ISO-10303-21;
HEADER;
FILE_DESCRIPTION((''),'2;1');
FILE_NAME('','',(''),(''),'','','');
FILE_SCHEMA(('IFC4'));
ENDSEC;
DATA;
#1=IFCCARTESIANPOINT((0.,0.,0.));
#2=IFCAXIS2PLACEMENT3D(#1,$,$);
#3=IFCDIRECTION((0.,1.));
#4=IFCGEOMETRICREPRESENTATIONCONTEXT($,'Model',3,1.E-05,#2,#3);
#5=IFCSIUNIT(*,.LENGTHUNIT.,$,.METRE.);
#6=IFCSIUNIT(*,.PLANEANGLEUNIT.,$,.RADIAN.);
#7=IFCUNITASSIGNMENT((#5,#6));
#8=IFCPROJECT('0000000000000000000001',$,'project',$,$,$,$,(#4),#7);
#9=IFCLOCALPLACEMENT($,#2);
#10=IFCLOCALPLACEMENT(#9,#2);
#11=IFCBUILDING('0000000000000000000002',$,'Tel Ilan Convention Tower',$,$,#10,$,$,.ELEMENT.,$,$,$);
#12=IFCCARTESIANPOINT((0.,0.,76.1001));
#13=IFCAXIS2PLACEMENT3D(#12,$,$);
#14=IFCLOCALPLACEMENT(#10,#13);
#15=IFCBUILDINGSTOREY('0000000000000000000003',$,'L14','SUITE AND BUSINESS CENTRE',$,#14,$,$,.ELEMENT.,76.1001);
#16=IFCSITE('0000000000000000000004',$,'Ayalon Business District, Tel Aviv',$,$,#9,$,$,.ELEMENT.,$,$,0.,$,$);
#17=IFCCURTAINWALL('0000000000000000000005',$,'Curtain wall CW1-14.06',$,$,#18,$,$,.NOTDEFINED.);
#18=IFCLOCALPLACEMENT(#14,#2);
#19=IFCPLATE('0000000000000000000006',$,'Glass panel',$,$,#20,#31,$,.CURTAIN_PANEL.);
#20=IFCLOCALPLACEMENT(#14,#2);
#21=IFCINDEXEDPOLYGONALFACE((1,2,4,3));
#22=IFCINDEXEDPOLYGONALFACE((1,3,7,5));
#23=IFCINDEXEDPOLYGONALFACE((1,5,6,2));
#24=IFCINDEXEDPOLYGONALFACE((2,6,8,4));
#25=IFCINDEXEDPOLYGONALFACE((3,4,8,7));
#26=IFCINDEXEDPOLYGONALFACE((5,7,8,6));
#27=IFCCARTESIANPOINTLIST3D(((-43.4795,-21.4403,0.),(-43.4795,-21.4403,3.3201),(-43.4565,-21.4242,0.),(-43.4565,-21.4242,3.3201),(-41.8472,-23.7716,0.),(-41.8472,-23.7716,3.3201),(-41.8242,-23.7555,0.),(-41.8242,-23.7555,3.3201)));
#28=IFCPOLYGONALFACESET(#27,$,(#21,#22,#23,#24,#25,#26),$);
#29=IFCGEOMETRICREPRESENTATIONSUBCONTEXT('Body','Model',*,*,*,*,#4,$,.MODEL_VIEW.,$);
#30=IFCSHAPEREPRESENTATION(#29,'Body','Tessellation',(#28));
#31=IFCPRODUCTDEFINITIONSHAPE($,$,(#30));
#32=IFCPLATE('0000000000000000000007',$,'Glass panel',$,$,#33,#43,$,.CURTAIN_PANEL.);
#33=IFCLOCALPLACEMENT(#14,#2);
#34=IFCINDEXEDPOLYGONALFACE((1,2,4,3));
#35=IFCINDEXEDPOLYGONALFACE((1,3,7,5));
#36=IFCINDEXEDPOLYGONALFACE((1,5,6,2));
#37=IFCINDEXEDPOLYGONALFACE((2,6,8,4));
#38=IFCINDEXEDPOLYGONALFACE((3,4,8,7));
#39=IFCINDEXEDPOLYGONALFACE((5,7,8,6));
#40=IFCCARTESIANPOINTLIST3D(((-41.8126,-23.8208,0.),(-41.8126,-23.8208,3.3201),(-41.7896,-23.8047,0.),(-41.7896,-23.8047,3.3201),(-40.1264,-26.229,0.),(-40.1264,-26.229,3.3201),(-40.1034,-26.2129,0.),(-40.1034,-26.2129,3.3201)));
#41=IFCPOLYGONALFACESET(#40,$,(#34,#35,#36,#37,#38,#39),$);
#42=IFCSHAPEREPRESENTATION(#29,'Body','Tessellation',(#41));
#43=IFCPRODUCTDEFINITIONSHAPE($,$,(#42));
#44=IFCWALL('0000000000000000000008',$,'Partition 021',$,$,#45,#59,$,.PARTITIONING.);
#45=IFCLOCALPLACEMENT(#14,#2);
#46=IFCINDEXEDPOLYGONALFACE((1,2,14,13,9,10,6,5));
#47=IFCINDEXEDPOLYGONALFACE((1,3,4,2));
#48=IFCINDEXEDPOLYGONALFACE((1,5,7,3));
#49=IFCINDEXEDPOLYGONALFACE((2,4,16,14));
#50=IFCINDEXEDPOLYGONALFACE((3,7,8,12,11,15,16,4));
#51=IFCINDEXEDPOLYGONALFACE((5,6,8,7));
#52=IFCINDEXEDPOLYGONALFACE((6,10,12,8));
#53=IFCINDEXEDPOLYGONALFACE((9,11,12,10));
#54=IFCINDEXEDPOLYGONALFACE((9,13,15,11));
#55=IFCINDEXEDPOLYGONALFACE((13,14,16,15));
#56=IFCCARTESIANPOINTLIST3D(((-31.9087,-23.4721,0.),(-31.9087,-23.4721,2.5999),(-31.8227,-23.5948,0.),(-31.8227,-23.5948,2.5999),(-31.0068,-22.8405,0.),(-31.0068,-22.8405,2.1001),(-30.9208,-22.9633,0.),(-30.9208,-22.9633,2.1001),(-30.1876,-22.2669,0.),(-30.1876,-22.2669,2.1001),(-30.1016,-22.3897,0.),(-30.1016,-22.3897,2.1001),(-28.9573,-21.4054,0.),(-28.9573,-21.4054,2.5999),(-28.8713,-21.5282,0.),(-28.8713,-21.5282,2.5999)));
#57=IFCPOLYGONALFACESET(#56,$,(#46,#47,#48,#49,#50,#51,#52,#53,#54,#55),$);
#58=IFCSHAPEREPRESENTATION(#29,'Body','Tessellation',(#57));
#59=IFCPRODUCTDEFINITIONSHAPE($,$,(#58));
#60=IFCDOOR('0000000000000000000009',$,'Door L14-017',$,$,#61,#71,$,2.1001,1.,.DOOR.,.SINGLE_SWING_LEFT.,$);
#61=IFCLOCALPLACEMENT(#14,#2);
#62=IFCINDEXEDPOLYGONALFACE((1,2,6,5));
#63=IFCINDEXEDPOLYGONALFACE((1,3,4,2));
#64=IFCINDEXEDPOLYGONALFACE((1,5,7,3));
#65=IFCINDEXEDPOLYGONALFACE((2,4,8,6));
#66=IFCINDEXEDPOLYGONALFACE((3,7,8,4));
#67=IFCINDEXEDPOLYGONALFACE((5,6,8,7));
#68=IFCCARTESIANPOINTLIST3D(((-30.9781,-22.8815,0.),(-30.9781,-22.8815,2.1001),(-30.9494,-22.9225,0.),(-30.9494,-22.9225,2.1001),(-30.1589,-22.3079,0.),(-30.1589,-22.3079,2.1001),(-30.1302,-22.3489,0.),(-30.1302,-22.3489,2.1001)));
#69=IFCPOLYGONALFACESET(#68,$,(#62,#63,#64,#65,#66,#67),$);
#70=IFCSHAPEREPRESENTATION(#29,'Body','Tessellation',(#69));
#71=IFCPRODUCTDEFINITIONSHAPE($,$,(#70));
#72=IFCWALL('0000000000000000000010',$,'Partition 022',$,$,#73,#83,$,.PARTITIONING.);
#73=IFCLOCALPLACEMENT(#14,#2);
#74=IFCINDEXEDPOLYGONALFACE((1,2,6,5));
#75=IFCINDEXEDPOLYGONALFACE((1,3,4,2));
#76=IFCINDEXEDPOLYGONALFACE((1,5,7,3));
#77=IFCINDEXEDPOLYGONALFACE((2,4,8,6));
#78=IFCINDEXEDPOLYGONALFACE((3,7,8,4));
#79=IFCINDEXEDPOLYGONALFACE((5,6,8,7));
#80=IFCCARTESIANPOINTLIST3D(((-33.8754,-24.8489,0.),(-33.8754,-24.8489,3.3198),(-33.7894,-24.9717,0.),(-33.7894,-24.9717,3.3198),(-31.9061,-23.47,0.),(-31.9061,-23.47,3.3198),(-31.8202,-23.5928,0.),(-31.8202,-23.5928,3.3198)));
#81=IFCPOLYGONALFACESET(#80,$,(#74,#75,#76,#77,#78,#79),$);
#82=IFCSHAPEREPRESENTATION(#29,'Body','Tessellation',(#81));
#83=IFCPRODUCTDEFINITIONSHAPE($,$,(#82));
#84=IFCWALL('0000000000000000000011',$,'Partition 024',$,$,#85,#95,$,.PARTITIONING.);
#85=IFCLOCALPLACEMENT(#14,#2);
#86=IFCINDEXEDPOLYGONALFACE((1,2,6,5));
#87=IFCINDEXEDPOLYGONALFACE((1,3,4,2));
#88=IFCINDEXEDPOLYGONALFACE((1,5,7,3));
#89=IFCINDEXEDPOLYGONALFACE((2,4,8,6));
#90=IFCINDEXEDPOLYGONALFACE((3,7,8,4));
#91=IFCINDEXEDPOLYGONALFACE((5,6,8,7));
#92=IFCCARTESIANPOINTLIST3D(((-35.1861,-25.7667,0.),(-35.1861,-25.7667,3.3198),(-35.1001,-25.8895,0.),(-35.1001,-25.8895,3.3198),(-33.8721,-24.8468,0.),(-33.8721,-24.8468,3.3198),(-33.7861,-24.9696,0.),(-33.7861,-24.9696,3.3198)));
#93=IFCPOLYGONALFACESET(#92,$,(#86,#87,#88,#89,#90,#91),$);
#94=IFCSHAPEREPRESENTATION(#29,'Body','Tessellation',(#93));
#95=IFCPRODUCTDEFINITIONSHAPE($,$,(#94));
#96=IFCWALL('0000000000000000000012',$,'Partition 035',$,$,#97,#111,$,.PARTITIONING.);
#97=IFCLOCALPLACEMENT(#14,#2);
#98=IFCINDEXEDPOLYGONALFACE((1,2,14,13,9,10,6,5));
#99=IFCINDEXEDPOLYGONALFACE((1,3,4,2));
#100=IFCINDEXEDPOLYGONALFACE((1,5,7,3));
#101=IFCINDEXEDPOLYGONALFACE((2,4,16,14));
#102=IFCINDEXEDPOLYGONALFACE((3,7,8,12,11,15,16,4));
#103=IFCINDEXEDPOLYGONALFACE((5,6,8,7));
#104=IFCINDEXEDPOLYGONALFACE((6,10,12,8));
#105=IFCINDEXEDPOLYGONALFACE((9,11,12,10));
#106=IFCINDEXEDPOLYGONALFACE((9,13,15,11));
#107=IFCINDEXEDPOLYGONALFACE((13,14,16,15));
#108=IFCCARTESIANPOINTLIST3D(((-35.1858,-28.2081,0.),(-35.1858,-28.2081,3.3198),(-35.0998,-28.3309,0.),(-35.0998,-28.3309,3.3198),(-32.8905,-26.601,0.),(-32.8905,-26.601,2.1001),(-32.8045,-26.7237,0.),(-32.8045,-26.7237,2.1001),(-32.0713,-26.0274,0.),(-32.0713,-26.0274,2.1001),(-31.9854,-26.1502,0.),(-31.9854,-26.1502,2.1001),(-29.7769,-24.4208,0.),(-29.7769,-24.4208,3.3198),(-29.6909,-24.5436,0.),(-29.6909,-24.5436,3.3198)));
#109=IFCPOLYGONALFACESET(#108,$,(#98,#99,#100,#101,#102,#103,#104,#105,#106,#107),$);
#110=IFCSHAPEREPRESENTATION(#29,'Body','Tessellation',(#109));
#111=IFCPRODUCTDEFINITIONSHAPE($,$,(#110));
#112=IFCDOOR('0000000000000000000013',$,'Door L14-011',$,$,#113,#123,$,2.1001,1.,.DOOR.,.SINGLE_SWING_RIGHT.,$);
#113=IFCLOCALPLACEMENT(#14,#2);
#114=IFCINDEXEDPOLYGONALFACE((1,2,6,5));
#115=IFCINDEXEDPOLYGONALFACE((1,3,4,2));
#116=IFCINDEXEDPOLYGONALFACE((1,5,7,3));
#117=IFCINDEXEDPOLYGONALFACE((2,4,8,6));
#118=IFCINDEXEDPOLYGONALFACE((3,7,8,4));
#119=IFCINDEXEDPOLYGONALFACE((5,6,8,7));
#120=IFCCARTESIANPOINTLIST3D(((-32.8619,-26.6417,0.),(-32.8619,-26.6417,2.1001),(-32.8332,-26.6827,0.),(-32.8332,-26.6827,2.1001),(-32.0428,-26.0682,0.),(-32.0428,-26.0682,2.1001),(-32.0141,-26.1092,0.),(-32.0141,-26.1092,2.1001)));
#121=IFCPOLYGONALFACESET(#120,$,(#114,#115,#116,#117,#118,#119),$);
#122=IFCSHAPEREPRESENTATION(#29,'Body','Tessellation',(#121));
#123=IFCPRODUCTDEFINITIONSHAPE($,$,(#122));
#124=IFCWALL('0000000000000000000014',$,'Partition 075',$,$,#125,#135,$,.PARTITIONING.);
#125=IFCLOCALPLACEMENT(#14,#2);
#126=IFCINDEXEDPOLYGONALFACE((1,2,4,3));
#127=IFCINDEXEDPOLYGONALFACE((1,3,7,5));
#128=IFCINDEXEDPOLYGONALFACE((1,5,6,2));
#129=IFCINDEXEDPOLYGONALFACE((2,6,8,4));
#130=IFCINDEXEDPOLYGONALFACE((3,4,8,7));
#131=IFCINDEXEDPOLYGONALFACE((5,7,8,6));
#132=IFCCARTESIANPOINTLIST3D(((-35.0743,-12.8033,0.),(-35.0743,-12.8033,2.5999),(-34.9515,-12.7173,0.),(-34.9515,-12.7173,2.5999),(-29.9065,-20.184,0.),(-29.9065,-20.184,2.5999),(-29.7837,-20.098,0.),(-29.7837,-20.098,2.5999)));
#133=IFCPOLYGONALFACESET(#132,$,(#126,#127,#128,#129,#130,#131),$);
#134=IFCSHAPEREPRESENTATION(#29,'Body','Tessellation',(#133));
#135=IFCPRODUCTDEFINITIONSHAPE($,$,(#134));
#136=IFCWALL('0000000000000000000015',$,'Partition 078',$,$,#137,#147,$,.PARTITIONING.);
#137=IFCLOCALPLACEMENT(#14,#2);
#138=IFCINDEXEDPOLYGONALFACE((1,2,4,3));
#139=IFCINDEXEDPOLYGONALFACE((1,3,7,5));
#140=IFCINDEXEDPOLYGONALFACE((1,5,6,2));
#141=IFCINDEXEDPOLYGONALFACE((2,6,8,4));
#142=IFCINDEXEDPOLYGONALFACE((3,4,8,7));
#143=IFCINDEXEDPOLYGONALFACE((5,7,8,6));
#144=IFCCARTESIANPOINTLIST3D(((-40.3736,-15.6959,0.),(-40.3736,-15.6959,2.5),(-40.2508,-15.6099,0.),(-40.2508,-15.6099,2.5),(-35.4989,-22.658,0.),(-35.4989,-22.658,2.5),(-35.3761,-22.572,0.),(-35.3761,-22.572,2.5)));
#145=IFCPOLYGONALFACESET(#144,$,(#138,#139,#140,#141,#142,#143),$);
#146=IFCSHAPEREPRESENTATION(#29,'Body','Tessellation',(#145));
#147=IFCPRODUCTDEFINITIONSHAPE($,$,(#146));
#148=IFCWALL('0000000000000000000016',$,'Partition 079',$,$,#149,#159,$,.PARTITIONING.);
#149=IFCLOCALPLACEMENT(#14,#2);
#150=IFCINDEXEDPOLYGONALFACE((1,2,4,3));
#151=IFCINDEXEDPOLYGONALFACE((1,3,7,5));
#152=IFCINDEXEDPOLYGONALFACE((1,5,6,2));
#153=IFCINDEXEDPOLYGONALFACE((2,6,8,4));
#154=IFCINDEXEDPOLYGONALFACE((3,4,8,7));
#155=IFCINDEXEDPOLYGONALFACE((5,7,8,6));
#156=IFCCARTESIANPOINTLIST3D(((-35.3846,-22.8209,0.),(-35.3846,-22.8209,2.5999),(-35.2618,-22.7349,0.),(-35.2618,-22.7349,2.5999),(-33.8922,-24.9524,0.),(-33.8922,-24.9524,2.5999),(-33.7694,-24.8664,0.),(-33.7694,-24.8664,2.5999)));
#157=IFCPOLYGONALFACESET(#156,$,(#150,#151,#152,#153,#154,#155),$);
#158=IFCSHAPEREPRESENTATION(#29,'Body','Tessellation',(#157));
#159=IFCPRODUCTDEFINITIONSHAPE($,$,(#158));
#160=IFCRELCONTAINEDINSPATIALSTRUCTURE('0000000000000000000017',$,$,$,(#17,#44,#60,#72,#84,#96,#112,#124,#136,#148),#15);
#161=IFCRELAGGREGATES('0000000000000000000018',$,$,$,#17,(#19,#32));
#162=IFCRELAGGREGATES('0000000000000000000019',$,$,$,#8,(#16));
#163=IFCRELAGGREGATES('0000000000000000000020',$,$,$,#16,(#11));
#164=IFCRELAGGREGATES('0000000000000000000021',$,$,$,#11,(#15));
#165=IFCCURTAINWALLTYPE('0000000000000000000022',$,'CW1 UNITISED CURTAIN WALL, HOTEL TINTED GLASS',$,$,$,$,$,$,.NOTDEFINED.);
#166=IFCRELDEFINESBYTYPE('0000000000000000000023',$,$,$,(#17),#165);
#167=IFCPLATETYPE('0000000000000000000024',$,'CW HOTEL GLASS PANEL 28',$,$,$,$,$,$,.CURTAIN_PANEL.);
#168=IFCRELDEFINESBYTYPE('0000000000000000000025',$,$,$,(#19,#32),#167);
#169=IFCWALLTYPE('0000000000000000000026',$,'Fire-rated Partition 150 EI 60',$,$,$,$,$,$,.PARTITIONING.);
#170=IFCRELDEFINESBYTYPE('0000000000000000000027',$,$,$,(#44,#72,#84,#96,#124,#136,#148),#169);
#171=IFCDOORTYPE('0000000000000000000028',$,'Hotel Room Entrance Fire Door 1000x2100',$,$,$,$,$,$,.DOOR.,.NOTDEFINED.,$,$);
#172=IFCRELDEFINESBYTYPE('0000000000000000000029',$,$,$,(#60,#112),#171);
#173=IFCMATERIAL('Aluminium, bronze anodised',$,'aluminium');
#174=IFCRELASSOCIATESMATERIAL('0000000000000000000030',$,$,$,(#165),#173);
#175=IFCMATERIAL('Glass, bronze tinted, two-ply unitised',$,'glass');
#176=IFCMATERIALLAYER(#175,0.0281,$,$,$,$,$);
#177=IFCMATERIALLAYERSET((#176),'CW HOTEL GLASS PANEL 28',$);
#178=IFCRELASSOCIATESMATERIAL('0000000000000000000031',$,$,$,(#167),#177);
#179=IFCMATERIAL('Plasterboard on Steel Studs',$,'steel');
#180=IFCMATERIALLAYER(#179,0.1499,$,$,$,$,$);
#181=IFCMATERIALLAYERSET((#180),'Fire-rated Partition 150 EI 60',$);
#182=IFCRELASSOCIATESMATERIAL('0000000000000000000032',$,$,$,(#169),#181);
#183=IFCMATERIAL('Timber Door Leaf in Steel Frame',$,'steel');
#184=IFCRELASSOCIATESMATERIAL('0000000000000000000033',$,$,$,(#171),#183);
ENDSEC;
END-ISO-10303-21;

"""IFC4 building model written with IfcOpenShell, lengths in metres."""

from ifc_helpers import new_model, si_unit, direction, frame, frame_2d, origin, origin_2d, place, context, subcontext, project, spatial, rectangle, extrude, material, layer, layer_set, type_object, element, fill, aggregate, save


model = new_model("IFC4")

# Units and contexts
model_context = context("Model", 3, precision=1e-05, world=origin(), true_north=direction((0.0, 1.0)))
body_context = subcontext(model_context, "Body", "Model", "MODEL_VIEW")
ifc_project = project(units=[si_unit("LENGTHUNIT", "METRE"), si_unit("PLANEANGLEUNIT", "RADIAN")], contexts=[model_context])

# Site, building, storey
site_placement = place(None, origin())
site = spatial("IfcSite", under=ifc_project, at=site_placement, Name="Ayalon Business District, Tel Aviv", CompositionType="ELEMENT", RefElevation=0.0)
building_placement = place(site_placement, origin())
building = spatial("IfcBuilding", under=site, at=building_placement, Name="Tel Ilan Convention Tower", CompositionType="ELEMENT")
storey_placement = place(building_placement, frame((0.0, 0.0, 76.1001)))
storey = spatial("IfcBuildingStorey", under=building, at=storey_placement, Name="L14", Description="SUITE AND BUSINESS CENTRE", CompositionType="ELEMENT", Elevation=76.1001)

# Curtain wall, plates
ifc_material_1 = material(Name="Aluminium, bronze anodised", Category="aluminium")
curtain_wall_type = type_object("IfcCurtainWallType", Name="CW1 UNITISED CURTAIN WALL, HOTEL TINTED GLASS", PredefinedType="NOTDEFINED", material=ifc_material_1)
curtain_wall_placement = place(storey_placement, origin())
curtain_wall = element("IfcCurtainWall", 1, at=curtain_wall_placement, inside=storey, type_object=curtain_wall_type, Name="Curtain wall CW1-14.06", PredefinedType="NOTDEFINED")
ifc_material_2 = material(Name="Glass, bronze tinted, two-ply unitised", Category="glass")
ifc_layer_1 = layer(ifc_material_2, 0.0281)
ifc_layer_set_1 = layer_set([ifc_layer_1], Name="CW HOTEL GLASS PANEL 28")
plate_type = type_object("IfcPlateType", Name="CW HOTEL GLASS PANEL 28", PredefinedType="CURTAIN_PANEL", material=ifc_layer_set_1)
plate_1_placement = place(storey_placement, frame((-42.6519, -22.5979, 0.0), z_axis=(0.0, 0.0, 1.0), x_axis=(0.573576, -0.819152, 0.0)))
plate_1 = element("IfcPlate", 2, at=plate_1_placement, type_object=plate_type, Name="Glass panel", PredefinedType="CURTAIN_PANEL", context=body_context, shape_type="SweptSolid", body=[
    extrude(rectangle(XDim=2.8459, YDim=0.0281, at=origin_2d()), origin(), (0.0, 0.0, 1.0), 3.3201),
])
plate_2_placement = place(storey_placement, frame((-40.958, -25.0168, 0.0), z_axis=(0.0, 0.0, 1.0), x_axis=(0.573576, -0.819152, 0.0)))
plate_2 = element("IfcPlate", 3, at=plate_2_placement, type_object=plate_type, Name="Glass panel", PredefinedType="CURTAIN_PANEL", context=body_context, shape_type="SweptSolid", body=[
    extrude(rectangle(XDim=2.9399, YDim=0.0281, at=origin_2d()), origin(), (0.0, 0.0, 1.0), 3.3201),
])
aggregate(curtain_wall, [plate_1, plate_2])

# Wall, opening, door
ifc_material_3 = material(Name="Plasterboard on Steel Studs", Category="steel")
ifc_layer_2 = layer(ifc_material_3, 0.1499)
ifc_layer_set_2 = layer_set([ifc_layer_2], Name="Fire-rated Partition 150 EI 60")
wall_type_1 = type_object("IfcWallType", Name="Fire-rated Partition 150 EI 60", PredefinedType="PARTITIONING", material=ifc_layer_set_2)
wall_1_placement = place(storey_placement, frame((-31.8657, -23.5334, 0.0), z_axis=(0.0, 0.0, 1.0), x_axis=(0.819146, 0.573585, 0.0)))
wall_1 = element("IfcWall", 4, at=wall_1_placement, inside=storey, type_object=wall_type_1, Name="Partition 021", PredefinedType="PARTITIONING", context=body_context, shape_type="SweptSolid", body=[
    extrude(rectangle(XDim=3.603, YDim=0.1499, at=frame_2d((1.8015, 0.0))), origin(), (0.0, 0.0, 1.0), 2.5999),
])
opening_1_placement = place(wall_1_placement, frame((1.1011, 0.0, 0.0)))
opening_1 = element("IfcOpeningElement", 5, at=opening_1_placement, cuts=wall_1, PredefinedType="OPENING", context=body_context, shape_type="SweptSolid", body=[
    extrude(rectangle(XDim=1.0, YDim=2.1001, at=frame_2d((0.5, 1.05))), frame((0.0, 0.085, 0.0), z_axis=(0.0, -1.0, 0.0), x_axis=(1.0, 0.0, 0.0)), (0.0, 0.0, 1.0), 0.1699),
])
ifc_material_4 = material(Name="Timber Door Leaf in Steel Frame", Category="steel")
door_type_1 = type_object("IfcDoorType", Name="Hotel Room Entrance Fire Door 1000x2100", OperationType="NOTDEFINED", PredefinedType="DOOR", material=ifc_material_4)
door_1_placement = place(opening_1_placement, origin())
door_1 = element("IfcDoor", 6, at=door_1_placement, inside=storey, type_object=door_type_1, Name="Door L14-017", OperationType="SINGLE_SWING_LEFT", OverallHeight=2.1001, OverallWidth=1.0, PredefinedType="DOOR", context=body_context, shape_type="SweptSolid", body=[
    extrude(rectangle(XDim=1.0, YDim=2.1001, at=frame_2d((0.5, 1.05))), frame((0.0, 0.0249, 0.0), z_axis=(0.0, -1.0, 0.0), x_axis=(1.0, 0.0, 0.0)), (0.0, 0.0, 1.0), 0.05),
])
fill(opening_1, door_1)

# Walls
wall_2_placement = place(storey_placement, frame((-33.8325, -24.9104, 0.0), z_axis=(0.0, 0.0, 1.0), x_axis=(0.819146, 0.573585, 0.0)))
element("IfcWall", 7, at=wall_2_placement, inside=storey, type_object=wall_type_1, Name="Partition 022", PredefinedType="PARTITIONING", context=body_context, shape_type="SweptSolid", body=[
    extrude(rectangle(XDim=2.4041, YDim=0.1499, at=frame_2d((1.2021, 0.0))), origin(), (0.0, 0.0, 1.0), 3.3198),
])
wall_3_placement = place(storey_placement, frame((-35.1431, -25.8281, 0.0), z_axis=(0.0, 0.0, 1.0), x_axis=(0.819189, 0.573524, 0.0)))
element("IfcWall", 8, at=wall_3_placement, inside=storey, type_object=wall_type_1, Name="Partition 024", PredefinedType="PARTITIONING", context=body_context, shape_type="SweptSolid", body=[
    extrude(rectangle(XDim=1.604, YDim=0.1499, at=frame_2d((0.802, 0.0))), origin(), (0.0, 0.0, 1.0), 3.3198),
])

# Wall, opening, door
wall_4_placement = place(storey_placement, frame((-29.7339, -24.4822, 0.0), z_axis=(0.0, 0.0, 1.0), x_axis=(-0.819154, -0.573574, 0.0)))
wall_4 = element("IfcWall", 9, at=wall_4_placement, inside=storey, type_object=wall_type_1, Name="Partition 035", PredefinedType="PARTITIONING", context=body_context, shape_type="SweptSolid", body=[
    extrude(rectangle(XDim=6.603, YDim=0.1499, at=frame_2d((3.3015, 0.0))), origin(), (0.0, 0.0, 1.0), 3.3198),
])
opening_2_placement = place(wall_4_placement, frame((2.801, 0.0, 0.0)))
opening_2 = element("IfcOpeningElement", 10, at=opening_2_placement, cuts=wall_4, PredefinedType="OPENING", context=body_context, shape_type="SweptSolid", body=[
    extrude(rectangle(XDim=1.0, YDim=2.1001, at=frame_2d((0.5, 1.05))), frame((0.0, 0.085, 0.0), z_axis=(0.0, -1.0, 0.0), x_axis=(1.0, 0.0, 0.0)), (0.0, 0.0, 1.0), 0.1699),
])
door_2_placement = place(opening_2_placement, origin())
door_2 = element("IfcDoor", 11, at=door_2_placement, inside=storey, type_object=door_type_1, Name="Door L14-011", OperationType="SINGLE_SWING_RIGHT", OverallHeight=2.1001, OverallWidth=1.0, PredefinedType="DOOR", context=body_context, shape_type="SweptSolid", body=[
    extrude(rectangle(XDim=1.0, YDim=2.1001, at=frame_2d((0.5, 1.05))), frame((0.0, 0.0249, 0.0), z_axis=(0.0, -1.0, 0.0), x_axis=(1.0, 0.0, 0.0)), (0.0, 0.0, 1.0), 0.05),
])
fill(opening_2, door_2)

# Walls
wall_5_placement = place(storey_placement, frame((-29.8452, -20.1409, 0.0), z_axis=(0.0, 0.0, 1.0), x_axis=(-0.573559, 0.819164, 0.0)))
element("IfcWall", 12, at=wall_5_placement, inside=storey, type_object=wall_type_1, Name="Partition 075", PredefinedType="PARTITIONING", context=body_context, shape_type="SweptSolid", body=[
    extrude(rectangle(XDim=9.01, YDim=0.1499, at=frame_2d((4.5049, 0.0))), origin(), (0.0, 0.0, 1.0), 2.5999),
])
wall_6_placement = place(storey_placement, frame((-35.4375, -22.615, 0.0), z_axis=(0.0, 0.0, 1.0), x_axis=(-0.573561, 0.819163, 0.0)))
element("IfcWall", 13, at=wall_6_placement, inside=storey, type_object=wall_type_1, Name="Partition 078", PredefinedType="PARTITIONING", context=body_context, shape_type="SweptSolid", body=[
    extrude(rectangle(XDim=8.499, YDim=0.1499, at=frame_2d((4.2495, 0.0))), origin(), (0.0, 0.0, 1.0), 2.5),
])
wall_7_placement = place(storey_placement, frame((-33.8308, -24.9094, 0.0), z_axis=(0.0, 0.0, 1.0), x_axis=(-0.573544, 0.819175, 0.0)))
element("IfcWall", 14, at=wall_7_placement, inside=storey, type_object=wall_type_1, Name="Partition 079", PredefinedType="PARTITIONING", context=body_context, shape_type="SweptSolid", body=[
    extrude(rectangle(XDim=2.6021, YDim=0.1499, at=frame_2d((1.301, 0.0))), origin(), (0.0, 0.0, 1.0), 2.5999),
])

save(model, "model.ifc")
